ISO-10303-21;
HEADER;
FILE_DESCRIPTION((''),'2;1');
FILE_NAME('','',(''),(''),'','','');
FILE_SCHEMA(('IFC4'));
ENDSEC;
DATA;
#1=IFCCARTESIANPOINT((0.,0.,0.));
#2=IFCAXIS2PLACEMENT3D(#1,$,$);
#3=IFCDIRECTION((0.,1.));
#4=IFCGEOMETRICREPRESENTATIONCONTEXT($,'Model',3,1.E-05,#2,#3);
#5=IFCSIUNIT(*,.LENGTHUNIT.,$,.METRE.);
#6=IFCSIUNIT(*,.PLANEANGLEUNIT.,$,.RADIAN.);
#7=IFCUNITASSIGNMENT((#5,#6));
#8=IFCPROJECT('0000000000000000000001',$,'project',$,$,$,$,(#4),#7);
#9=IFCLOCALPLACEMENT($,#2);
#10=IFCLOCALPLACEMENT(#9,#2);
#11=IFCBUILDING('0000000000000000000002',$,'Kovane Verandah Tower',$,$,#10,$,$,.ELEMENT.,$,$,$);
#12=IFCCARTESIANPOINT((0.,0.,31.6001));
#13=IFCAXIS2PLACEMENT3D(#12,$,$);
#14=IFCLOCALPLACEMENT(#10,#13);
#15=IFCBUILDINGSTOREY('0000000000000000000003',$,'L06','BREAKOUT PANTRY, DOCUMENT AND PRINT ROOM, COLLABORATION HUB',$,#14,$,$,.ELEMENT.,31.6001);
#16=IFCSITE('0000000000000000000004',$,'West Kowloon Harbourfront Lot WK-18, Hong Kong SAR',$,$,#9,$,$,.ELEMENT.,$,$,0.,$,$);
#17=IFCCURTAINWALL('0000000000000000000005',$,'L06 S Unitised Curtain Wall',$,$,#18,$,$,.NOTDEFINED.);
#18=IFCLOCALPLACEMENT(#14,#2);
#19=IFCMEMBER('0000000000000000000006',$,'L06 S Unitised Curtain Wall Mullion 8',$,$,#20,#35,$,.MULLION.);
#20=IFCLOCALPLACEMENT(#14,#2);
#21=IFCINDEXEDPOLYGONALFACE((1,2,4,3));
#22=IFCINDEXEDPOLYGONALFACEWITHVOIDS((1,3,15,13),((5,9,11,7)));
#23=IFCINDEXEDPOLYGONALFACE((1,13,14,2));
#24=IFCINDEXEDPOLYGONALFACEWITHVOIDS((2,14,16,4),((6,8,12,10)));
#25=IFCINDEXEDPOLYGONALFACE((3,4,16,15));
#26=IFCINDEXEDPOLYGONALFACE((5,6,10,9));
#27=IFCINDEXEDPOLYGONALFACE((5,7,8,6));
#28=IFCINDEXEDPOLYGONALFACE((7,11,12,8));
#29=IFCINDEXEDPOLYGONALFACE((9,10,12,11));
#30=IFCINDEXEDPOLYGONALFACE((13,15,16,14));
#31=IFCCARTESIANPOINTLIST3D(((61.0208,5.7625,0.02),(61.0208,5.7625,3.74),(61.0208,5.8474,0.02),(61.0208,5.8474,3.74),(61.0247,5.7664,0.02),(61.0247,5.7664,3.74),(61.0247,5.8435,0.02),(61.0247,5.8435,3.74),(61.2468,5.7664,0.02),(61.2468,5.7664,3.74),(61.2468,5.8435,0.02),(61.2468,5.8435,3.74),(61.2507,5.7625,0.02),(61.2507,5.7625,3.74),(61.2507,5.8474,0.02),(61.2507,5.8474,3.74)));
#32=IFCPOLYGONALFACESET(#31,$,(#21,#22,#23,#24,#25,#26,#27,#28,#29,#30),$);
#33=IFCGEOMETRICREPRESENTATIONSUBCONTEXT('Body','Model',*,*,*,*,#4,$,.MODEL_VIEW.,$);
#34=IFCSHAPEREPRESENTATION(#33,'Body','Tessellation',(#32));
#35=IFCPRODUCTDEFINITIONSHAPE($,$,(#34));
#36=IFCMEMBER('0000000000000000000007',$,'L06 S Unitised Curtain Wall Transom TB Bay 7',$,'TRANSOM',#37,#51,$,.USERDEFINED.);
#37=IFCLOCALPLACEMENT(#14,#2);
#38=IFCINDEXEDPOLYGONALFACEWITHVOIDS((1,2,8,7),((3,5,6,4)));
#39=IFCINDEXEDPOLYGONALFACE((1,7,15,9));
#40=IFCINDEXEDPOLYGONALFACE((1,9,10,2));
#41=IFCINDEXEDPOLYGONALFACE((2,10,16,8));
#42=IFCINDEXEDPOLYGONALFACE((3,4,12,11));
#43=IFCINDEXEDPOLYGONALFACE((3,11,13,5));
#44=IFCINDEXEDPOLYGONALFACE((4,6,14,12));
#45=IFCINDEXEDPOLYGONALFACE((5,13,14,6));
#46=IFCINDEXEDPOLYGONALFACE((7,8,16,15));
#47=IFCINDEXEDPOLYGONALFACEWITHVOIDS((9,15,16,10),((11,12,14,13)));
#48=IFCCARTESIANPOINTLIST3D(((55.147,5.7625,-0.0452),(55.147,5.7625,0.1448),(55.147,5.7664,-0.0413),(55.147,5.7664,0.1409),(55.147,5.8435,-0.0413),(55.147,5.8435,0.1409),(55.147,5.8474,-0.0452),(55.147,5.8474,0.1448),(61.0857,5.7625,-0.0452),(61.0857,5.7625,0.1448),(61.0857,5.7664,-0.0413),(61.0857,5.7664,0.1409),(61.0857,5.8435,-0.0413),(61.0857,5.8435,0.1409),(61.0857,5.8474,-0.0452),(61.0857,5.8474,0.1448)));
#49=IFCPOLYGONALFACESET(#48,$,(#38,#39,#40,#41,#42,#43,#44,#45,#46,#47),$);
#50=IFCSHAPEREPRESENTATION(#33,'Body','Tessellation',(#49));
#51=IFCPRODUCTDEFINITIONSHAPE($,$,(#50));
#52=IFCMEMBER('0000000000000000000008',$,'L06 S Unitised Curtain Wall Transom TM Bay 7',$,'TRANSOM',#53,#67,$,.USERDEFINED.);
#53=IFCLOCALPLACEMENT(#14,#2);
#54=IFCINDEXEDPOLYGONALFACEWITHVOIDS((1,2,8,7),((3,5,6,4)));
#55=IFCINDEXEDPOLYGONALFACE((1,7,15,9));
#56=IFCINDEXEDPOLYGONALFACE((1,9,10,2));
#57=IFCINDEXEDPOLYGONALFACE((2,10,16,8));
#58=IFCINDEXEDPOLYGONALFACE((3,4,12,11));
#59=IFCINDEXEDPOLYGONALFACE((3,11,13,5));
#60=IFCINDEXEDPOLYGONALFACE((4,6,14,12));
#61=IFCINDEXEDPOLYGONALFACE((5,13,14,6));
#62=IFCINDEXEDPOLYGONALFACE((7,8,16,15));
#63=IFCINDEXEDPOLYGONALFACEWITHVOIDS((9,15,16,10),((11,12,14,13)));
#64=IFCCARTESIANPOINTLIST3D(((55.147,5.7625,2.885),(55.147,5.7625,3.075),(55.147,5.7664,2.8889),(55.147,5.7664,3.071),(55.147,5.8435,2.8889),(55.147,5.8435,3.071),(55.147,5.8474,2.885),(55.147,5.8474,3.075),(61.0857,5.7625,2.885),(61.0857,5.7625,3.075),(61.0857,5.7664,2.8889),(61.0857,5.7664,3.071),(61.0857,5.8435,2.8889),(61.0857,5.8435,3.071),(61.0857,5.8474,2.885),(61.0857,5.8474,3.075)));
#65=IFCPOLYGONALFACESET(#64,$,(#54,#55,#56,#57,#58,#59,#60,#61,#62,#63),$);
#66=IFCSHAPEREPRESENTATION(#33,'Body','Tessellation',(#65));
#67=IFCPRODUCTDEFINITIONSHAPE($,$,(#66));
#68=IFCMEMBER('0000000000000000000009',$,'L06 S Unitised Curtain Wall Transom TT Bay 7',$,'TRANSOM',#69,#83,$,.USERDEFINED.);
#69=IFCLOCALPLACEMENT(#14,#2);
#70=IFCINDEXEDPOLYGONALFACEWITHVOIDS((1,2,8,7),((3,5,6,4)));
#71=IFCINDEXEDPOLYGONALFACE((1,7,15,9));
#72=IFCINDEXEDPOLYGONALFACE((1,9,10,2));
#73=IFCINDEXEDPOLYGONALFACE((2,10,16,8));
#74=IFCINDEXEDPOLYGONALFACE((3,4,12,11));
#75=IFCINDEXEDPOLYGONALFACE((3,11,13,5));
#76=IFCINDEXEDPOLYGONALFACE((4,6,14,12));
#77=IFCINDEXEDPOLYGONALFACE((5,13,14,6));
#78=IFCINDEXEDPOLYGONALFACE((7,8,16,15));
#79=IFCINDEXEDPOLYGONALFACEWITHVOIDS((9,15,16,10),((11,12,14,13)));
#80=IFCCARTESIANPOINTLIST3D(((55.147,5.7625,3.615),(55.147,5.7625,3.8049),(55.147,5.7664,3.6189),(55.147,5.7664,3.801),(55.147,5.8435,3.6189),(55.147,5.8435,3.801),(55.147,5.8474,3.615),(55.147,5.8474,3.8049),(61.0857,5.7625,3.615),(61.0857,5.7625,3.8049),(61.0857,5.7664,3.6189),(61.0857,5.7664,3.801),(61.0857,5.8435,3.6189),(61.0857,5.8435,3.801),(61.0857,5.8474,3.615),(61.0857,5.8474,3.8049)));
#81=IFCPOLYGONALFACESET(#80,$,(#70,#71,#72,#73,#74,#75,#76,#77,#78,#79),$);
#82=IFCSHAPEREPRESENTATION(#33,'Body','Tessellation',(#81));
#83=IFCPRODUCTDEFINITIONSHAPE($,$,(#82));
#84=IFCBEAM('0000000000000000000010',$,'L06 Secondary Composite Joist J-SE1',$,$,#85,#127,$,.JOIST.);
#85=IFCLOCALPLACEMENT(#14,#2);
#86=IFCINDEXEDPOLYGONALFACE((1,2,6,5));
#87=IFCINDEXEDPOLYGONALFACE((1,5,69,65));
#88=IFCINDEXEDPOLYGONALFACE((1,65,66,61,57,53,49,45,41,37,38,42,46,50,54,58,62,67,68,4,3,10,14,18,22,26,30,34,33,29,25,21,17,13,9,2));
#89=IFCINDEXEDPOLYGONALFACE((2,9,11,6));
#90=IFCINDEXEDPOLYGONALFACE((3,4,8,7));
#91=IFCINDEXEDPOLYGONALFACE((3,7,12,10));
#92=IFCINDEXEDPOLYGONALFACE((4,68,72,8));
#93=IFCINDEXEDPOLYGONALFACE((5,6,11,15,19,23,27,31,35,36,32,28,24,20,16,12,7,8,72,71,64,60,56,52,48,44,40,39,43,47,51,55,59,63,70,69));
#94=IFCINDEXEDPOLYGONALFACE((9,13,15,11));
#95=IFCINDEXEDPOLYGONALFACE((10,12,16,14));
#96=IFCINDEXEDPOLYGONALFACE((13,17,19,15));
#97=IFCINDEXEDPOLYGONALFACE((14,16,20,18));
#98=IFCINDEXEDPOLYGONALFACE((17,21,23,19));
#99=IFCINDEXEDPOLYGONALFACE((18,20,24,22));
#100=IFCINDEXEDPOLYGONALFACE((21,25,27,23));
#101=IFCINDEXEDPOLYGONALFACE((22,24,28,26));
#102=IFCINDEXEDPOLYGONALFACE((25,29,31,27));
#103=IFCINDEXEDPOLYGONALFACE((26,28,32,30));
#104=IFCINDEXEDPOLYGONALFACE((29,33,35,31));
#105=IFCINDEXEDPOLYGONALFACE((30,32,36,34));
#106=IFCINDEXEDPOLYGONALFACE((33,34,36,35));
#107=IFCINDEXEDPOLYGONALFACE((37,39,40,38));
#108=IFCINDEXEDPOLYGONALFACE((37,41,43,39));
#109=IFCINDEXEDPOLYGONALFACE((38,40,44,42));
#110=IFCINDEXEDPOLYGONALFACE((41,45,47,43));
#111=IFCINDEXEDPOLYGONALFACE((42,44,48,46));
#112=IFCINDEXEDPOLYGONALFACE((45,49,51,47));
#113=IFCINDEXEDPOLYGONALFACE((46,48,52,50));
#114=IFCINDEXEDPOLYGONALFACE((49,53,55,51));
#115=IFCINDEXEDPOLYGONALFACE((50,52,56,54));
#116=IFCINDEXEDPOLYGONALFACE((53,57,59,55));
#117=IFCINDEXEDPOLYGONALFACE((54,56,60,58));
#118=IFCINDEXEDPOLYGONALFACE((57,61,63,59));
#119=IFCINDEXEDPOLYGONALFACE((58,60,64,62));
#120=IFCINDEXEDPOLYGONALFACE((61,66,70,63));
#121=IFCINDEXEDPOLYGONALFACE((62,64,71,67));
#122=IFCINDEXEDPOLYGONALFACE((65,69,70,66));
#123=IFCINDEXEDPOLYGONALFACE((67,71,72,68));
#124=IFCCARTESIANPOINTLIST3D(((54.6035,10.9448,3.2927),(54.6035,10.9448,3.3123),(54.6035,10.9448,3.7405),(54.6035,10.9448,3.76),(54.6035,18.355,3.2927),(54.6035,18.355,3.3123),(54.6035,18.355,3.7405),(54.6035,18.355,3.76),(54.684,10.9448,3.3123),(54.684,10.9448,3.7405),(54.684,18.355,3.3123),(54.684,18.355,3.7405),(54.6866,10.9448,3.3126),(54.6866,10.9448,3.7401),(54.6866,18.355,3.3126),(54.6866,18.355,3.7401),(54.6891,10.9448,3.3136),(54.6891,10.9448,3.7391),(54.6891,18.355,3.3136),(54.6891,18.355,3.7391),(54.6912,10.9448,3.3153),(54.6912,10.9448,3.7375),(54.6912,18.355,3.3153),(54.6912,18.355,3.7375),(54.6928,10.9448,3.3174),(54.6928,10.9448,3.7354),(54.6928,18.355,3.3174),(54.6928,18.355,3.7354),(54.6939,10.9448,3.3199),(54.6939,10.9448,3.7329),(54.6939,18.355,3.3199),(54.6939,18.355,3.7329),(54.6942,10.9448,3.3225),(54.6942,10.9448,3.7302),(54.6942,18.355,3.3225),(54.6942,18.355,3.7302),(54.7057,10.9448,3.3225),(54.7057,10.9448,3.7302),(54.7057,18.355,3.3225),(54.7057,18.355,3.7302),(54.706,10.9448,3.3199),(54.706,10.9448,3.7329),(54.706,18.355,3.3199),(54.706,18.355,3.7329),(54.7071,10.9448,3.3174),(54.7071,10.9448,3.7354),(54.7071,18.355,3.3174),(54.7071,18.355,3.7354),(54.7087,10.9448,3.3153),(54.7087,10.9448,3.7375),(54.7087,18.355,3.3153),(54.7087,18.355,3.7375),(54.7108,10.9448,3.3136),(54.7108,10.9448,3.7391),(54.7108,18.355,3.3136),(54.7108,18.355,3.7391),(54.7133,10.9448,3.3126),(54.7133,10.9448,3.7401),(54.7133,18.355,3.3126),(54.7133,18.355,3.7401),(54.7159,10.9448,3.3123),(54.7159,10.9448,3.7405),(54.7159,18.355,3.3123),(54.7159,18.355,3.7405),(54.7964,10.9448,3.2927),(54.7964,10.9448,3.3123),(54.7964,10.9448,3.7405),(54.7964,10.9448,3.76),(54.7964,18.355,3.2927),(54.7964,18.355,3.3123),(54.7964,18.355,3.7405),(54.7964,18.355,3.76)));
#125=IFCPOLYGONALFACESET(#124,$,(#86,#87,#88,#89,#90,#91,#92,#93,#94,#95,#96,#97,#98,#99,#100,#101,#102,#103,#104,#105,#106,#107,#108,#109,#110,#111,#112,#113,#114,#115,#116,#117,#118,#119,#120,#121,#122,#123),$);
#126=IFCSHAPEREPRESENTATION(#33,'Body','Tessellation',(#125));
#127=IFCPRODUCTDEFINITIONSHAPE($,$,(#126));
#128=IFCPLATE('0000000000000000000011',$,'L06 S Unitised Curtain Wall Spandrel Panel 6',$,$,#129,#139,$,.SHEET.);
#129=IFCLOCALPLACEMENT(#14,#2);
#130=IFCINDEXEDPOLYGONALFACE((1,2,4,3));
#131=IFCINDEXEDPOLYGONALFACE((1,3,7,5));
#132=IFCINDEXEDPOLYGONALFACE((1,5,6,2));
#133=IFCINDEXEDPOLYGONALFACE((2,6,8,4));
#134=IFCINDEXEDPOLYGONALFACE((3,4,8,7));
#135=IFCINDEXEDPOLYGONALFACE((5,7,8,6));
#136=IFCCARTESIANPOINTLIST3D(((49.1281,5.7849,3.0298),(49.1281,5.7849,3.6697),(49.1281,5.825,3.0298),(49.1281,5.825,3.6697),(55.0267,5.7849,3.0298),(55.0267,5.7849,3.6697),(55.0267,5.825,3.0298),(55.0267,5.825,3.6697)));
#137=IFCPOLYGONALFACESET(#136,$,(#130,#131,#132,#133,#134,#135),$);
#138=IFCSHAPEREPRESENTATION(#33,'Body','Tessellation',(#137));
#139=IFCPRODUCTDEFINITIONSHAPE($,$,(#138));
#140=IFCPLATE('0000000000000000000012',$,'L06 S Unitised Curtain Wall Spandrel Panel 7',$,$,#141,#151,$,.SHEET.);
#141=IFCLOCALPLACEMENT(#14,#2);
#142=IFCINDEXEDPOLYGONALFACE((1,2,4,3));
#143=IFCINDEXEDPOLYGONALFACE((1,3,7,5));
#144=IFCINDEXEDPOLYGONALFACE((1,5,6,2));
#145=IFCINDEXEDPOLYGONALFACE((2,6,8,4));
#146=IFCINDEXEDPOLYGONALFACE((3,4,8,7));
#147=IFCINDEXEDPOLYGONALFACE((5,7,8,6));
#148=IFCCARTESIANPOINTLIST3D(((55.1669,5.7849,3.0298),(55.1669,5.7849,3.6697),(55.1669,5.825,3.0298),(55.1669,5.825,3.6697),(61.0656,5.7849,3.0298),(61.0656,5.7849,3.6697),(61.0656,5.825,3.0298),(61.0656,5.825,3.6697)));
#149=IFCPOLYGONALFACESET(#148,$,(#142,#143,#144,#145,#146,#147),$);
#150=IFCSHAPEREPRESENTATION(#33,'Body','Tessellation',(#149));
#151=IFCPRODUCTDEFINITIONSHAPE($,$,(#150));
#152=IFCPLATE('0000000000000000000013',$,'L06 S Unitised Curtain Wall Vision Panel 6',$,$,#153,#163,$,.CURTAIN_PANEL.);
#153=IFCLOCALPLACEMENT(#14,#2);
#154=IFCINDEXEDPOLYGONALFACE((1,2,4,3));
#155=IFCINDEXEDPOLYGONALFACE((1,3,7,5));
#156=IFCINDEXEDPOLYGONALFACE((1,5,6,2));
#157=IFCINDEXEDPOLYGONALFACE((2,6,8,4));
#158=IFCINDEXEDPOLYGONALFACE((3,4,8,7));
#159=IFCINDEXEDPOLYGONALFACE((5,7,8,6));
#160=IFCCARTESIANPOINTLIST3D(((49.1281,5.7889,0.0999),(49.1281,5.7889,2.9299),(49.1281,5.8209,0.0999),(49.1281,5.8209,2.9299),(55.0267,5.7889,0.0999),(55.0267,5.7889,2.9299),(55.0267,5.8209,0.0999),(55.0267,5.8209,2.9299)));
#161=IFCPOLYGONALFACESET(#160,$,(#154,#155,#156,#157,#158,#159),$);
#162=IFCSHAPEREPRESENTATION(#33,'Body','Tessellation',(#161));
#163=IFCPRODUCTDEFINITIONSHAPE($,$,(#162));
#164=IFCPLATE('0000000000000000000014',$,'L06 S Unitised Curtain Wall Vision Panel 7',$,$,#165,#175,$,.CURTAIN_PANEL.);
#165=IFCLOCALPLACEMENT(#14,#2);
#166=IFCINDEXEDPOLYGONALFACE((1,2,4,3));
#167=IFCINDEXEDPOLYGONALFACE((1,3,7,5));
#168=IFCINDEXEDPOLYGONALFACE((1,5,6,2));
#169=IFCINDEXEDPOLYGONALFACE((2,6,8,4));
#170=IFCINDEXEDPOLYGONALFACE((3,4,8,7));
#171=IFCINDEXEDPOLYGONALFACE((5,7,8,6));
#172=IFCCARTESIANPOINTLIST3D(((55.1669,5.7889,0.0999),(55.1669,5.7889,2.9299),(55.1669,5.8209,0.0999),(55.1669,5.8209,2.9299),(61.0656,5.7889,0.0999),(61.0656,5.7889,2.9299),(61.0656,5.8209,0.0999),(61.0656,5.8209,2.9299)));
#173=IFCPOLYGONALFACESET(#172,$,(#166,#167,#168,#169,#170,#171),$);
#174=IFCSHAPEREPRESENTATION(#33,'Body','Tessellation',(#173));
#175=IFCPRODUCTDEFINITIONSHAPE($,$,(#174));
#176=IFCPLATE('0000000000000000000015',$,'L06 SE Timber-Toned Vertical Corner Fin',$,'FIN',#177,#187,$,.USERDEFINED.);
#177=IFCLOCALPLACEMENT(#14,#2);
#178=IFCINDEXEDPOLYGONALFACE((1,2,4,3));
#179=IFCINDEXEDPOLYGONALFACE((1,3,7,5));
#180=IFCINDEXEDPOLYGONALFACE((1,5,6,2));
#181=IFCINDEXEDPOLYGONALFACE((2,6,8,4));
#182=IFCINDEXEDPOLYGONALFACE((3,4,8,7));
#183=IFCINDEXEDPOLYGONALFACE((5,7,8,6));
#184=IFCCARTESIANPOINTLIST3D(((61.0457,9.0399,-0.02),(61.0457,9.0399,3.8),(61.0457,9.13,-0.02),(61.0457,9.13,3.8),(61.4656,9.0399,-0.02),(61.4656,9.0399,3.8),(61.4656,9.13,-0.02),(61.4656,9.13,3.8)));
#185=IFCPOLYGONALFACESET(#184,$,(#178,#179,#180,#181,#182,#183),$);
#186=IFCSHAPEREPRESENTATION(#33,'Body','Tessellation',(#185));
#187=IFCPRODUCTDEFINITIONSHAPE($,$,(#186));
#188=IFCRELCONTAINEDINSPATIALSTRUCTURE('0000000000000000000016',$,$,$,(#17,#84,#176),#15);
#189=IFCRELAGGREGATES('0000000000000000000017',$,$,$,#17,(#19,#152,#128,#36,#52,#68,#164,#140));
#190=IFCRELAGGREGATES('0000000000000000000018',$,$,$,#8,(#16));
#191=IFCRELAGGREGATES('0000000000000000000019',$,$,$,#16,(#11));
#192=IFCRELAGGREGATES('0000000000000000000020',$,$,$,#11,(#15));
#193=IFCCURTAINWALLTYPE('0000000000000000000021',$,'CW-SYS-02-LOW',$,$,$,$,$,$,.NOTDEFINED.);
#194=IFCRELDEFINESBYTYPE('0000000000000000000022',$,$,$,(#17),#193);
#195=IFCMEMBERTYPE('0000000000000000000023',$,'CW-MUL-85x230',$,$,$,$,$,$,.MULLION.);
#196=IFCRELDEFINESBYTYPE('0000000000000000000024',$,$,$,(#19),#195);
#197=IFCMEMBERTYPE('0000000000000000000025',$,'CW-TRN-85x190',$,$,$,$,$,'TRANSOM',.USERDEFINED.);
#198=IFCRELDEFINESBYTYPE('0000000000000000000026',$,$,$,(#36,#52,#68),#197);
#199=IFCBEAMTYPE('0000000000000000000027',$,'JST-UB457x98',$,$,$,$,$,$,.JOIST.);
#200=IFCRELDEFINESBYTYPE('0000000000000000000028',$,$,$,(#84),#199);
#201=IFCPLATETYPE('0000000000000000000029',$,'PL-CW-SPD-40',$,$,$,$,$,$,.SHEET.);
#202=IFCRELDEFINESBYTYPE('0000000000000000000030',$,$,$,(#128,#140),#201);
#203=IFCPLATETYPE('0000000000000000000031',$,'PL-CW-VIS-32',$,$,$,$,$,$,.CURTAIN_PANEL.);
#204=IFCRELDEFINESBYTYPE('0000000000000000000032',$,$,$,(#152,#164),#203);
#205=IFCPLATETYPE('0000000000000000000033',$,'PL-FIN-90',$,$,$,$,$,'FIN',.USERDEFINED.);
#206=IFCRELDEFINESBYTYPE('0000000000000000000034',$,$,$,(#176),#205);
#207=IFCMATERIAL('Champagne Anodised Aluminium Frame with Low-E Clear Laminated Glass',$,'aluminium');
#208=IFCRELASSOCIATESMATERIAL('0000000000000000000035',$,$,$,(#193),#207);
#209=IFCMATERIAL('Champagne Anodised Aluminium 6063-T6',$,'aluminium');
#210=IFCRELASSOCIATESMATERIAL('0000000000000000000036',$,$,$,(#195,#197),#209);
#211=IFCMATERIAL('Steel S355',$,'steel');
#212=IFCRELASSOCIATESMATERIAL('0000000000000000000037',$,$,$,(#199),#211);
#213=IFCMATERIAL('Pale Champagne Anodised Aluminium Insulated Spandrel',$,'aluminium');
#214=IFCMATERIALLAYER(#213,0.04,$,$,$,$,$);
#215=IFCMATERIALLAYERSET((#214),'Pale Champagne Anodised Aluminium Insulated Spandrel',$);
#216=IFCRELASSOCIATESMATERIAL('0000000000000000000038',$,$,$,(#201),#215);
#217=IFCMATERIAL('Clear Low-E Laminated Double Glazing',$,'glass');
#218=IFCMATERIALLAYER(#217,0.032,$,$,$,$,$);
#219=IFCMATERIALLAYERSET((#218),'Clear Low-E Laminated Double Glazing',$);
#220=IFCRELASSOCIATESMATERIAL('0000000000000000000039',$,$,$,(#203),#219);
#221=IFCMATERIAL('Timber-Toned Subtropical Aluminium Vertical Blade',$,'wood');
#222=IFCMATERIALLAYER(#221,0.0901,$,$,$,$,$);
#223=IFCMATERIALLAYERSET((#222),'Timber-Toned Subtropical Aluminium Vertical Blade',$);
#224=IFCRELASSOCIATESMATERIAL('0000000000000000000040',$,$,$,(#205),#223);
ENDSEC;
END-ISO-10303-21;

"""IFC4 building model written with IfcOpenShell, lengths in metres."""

from ifc_helpers import new_model, si_unit, direction, frame, origin, origin_2d, place, context, subcontext, project, spatial, rectangle, hollow_rectangle, i_section, extrude, material, layer, layer_set, material_profile, profile_set, type_object, element, aggregate, save


model = new_model("IFC4")

# Units and contexts
model_context = context("Model", 3, precision=1e-05, world=origin(), true_north=direction((0.0, 1.0)))
body_context = subcontext(model_context, "Body", "Model", "MODEL_VIEW")
ifc_project = project(units=[si_unit("LENGTHUNIT", "METRE"), si_unit("PLANEANGLEUNIT", "RADIAN")], contexts=[model_context])

# Site, building, storey
site_placement = place(None, origin())
site = spatial("IfcSite", under=ifc_project, at=site_placement, Name="West Kowloon Harbourfront Lot WK-18, Hong Kong SAR", CompositionType="ELEMENT", RefElevation=0.0)
building_placement = place(site_placement, origin())
building = spatial("IfcBuilding", under=site, at=building_placement, Name="Kovane Verandah Tower", CompositionType="ELEMENT")
storey_placement = place(building_placement, frame((0.0, 0.0, 31.6001)))
storey = spatial("IfcBuildingStorey", under=building, at=storey_placement, Name="L06", Description="BREAKOUT PANTRY, DOCUMENT AND PRINT ROOM, COLLABORATION HUB", CompositionType="ELEMENT", Elevation=31.6001)

# Shared definitions
ifc_material_1 = material(Name="Steel S355", Category="steel")

# Curtain wall, members
ifc_material_2 = material(Name="Champagne Anodised Aluminium Frame with Low-E Clear Laminated Glass", Category="aluminium")
curtain_wall_type = type_object("IfcCurtainWallType", Name="CW-SYS-02-LOW", PredefinedType="NOTDEFINED", material=ifc_material_2)
curtain_wall_placement = place(storey_placement, origin())
curtain_wall = element("IfcCurtainWall", 1, at=curtain_wall_placement, inside=storey, type_object=curtain_wall_type, Name="L06 S Unitised Curtain Wall", PredefinedType="NOTDEFINED")
ifc_material_3 = material(Name="Champagne Anodised Aluminium 6063-T6", Category="aluminium")
ifc_material_profile_1 = material_profile(ifc_material_3, hollow_rectangle(XDim=0.085, YDim=0.23, WallThickness=0.0039, at=origin_2d()), Name="AL85x230x4")
ifc_profile_set_1 = profile_set([ifc_material_profile_1], Name="Champagne Anodised Aluminium 6063-T6")
member_type_1 = type_object("IfcMemberType", Name="CW-MUL-85x230", PredefinedType="MULLION", material=ifc_profile_set_1)
member_1_placement = place(storey_placement, frame((61.1357, 5.8049, 0.02), z_axis=(0.0, 0.0, 1.0), x_axis=(0.0, -1.0, 0.0)))
member_1 = element("IfcMember", 2, at=member_1_placement, type_object=member_type_1, Name="L06 S Unitised Curtain Wall Mullion 8", PredefinedType="MULLION", context=body_context, shape_type="SweptSolid", body=[
    extrude(hollow_rectangle(XDim=0.085, YDim=0.23, WallThickness=0.0039, at=origin_2d()), origin(), (0.0, 0.0, 1.0), 3.72),
])
ifc_material_profile_2 = material_profile(ifc_material_3, hollow_rectangle(XDim=0.085, YDim=0.1899, WallThickness=0.0039, at=origin_2d()), Name="AL85x190x4")
ifc_profile_set_2 = profile_set([ifc_material_profile_2], Name="Champagne Anodised Aluminium 6063-T6")
member_type_2 = type_object("IfcMemberType", Name="CW-TRN-85x190", ElementType="TRANSOM", PredefinedType="USERDEFINED", material=ifc_profile_set_2)
member_2_placement = place(storey_placement, frame((55.147, 5.8049, 0.0498), z_axis=(1.0, 0.0, 0.0), x_axis=(0.0, 1.0, 0.0)))
member_2 = element("IfcMember", 3, at=member_2_placement, type_object=member_type_2, Name="L06 S Unitised Curtain Wall Transom TB Bay 7", ObjectType="TRANSOM", PredefinedType="USERDEFINED", context=body_context, shape_type="SweptSolid", body=[
    extrude(hollow_rectangle(XDim=0.085, YDim=0.1899, WallThickness=0.0039, at=origin_2d()), origin(), (0.0, 0.0, 1.0), 5.9387),
])
member_3_placement = place(storey_placement, frame((55.147, 5.8049, 2.98), z_axis=(1.0, 0.0, 0.0), x_axis=(0.0, 1.0, 0.0)))
member_3 = element("IfcMember", 4, at=member_3_placement, type_object=member_type_2, Name="L06 S Unitised Curtain Wall Transom TM Bay 7", ObjectType="TRANSOM", PredefinedType="USERDEFINED", context=body_context, shape_type="SweptSolid", body=[
    extrude(hollow_rectangle(XDim=0.085, YDim=0.1899, WallThickness=0.0039, at=origin_2d()), origin(), (0.0, 0.0, 1.0), 5.9387),
])
member_4_placement = place(storey_placement, frame((55.147, 5.8049, 3.71), z_axis=(1.0, 0.0, 0.0), x_axis=(0.0, 1.0, 0.0)))
member_4 = element("IfcMember", 5, at=member_4_placement, type_object=member_type_2, Name="L06 S Unitised Curtain Wall Transom TT Bay 7", ObjectType="TRANSOM", PredefinedType="USERDEFINED", context=body_context, shape_type="SweptSolid", body=[
    extrude(hollow_rectangle(XDim=0.085, YDim=0.1899, WallThickness=0.0039, at=origin_2d()), origin(), (0.0, 0.0, 1.0), 5.9387),
])

# Beam
ifc_material_profile_3 = material_profile(ifc_material_1, i_section(OverallWidth=0.1929, OverallDepth=0.4673, WebThickness=0.0115, FlangeThickness=0.0195, FilletRadius=0.0103, at=origin_2d()), Name="UB457x191x98")
ifc_profile_set_3 = profile_set([ifc_material_profile_3], Name="Steel S355")
beam_type_1 = type_object("IfcBeamType", Name="JST-UB457x98", PredefinedType="JOIST", material=ifc_profile_set_3)
beam_1_placement = place(storey_placement, frame((54.7, 10.9448, 3.5264), z_axis=(0.0, 1.0, 0.0), x_axis=(-1.0, 0.0, 0.0)))
element("IfcBeam", 6, at=beam_1_placement, inside=storey, type_object=beam_type_1, Name="L06 Secondary Composite Joist J-SE1", PredefinedType="JOIST", context=body_context, shape_type="SweptSolid", body=[
    extrude(i_section(OverallWidth=0.1929, OverallDepth=0.4673, WebThickness=0.0115, FlangeThickness=0.0195, FilletRadius=0.0103, at=origin_2d()), origin(), (0.0, 0.0, 1.0), 7.4102),
])

# Plates
ifc_material_4 = material(Name="Pale Champagne Anodised Aluminium Insulated Spandrel", Category="aluminium")
ifc_layer_1 = layer(ifc_material_4, 0.04)
ifc_layer_set_1 = layer_set([ifc_layer_1], Name="Pale Champagne Anodised Aluminium Insulated Spandrel")
plate_type_1 = type_object("IfcPlateType", Name="PL-CW-SPD-40", PredefinedType="SHEET", material=ifc_layer_set_1)
plate_1_placement = place(storey_placement, frame((52.0774, 5.8049, 3.0298), z_axis=(0.0, 0.0, 1.0), x_axis=(1.0, 0.0, 0.0)))
plate_1 = element("IfcPlate", 7, at=plate_1_placement, type_object=plate_type_1, Name="L06 S Unitised Curtain Wall Spandrel Panel 6", PredefinedType="SHEET", context=body_context, shape_type="SweptSolid", body=[
    extrude(rectangle(XDim=5.8987, YDim=0.04, at=origin_2d()), origin(), (0.0, 0.0, 1.0), 0.6399),
])
plate_2_placement = place(storey_placement, frame((58.1162, 5.8049, 3.0298), z_axis=(0.0, 0.0, 1.0), x_axis=(1.0, 0.0, 0.0)))
plate_2 = element("IfcPlate", 8, at=plate_2_placement, type_object=plate_type_1, Name="L06 S Unitised Curtain Wall Spandrel Panel 7", PredefinedType="SHEET", context=body_context, shape_type="SweptSolid", body=[
    extrude(rectangle(XDim=5.8987, YDim=0.04, at=origin_2d()), origin(), (0.0, 0.0, 1.0), 0.6399),
])
ifc_material_5 = material(Name="Clear Low-E Laminated Double Glazing", Category="glass")
ifc_layer_2 = layer(ifc_material_5, 0.032)
ifc_layer_set_2 = layer_set([ifc_layer_2], Name="Clear Low-E Laminated Double Glazing")
plate_type_2 = type_object("IfcPlateType", Name="PL-CW-VIS-32", PredefinedType="CURTAIN_PANEL", material=ifc_layer_set_2)
plate_3_placement = place(storey_placement, frame((52.0774, 5.8049, 0.0999), z_axis=(0.0, 0.0, 1.0), x_axis=(1.0, 0.0, 0.0)))
plate_3 = element("IfcPlate", 9, at=plate_3_placement, type_object=plate_type_2, Name="L06 S Unitised Curtain Wall Vision Panel 6", PredefinedType="CURTAIN_PANEL", context=body_context, shape_type="SweptSolid", body=[
    extrude(rectangle(XDim=5.8987, YDim=0.032, at=origin_2d()), origin(), (0.0, 0.0, 1.0), 2.8301),
])
plate_4_placement = place(storey_placement, frame((58.1162, 5.8049, 0.0999), z_axis=(0.0, 0.0, 1.0), x_axis=(1.0, 0.0, 0.0)))
plate_4 = element("IfcPlate", 10, at=plate_4_placement, type_object=plate_type_2, Name="L06 S Unitised Curtain Wall Vision Panel 7", PredefinedType="CURTAIN_PANEL", context=body_context, shape_type="SweptSolid", body=[
    extrude(rectangle(XDim=5.8987, YDim=0.032, at=origin_2d()), origin(), (0.0, 0.0, 1.0), 2.8301),
])
aggregate(curtain_wall, [member_1, plate_3, plate_1, member_2, member_3, member_4, plate_4, plate_2])
ifc_material_6 = material(Name="Timber-Toned Subtropical Aluminium Vertical Blade", Category="wood")
ifc_layer_3 = layer(ifc_material_6, 0.0901)
ifc_layer_set_3 = layer_set([ifc_layer_3], Name="Timber-Toned Subtropical Aluminium Vertical Blade")
plate_type_3 = type_object("IfcPlateType", Name="PL-FIN-90", ElementType="FIN", PredefinedType="USERDEFINED", material=ifc_layer_set_3)
plate_5_placement = place(storey_placement, frame((61.2556, 9.085, -0.02), z_axis=(0.0, 0.0, 1.0), x_axis=(1.0, 0.0, 0.0)))
element("IfcPlate", 11, at=plate_5_placement, inside=storey, type_object=plate_type_3, Name="L06 SE Timber-Toned Vertical Corner Fin", ObjectType="FIN", PredefinedType="USERDEFINED", context=body_context, shape_type="SweptSolid", body=[
    extrude(rectangle(XDim=0.4199, YDim=0.0901, at=origin_2d()), origin(), (0.0, 0.0, 1.0), 3.8201),
])

save(model, "model.ifc")
